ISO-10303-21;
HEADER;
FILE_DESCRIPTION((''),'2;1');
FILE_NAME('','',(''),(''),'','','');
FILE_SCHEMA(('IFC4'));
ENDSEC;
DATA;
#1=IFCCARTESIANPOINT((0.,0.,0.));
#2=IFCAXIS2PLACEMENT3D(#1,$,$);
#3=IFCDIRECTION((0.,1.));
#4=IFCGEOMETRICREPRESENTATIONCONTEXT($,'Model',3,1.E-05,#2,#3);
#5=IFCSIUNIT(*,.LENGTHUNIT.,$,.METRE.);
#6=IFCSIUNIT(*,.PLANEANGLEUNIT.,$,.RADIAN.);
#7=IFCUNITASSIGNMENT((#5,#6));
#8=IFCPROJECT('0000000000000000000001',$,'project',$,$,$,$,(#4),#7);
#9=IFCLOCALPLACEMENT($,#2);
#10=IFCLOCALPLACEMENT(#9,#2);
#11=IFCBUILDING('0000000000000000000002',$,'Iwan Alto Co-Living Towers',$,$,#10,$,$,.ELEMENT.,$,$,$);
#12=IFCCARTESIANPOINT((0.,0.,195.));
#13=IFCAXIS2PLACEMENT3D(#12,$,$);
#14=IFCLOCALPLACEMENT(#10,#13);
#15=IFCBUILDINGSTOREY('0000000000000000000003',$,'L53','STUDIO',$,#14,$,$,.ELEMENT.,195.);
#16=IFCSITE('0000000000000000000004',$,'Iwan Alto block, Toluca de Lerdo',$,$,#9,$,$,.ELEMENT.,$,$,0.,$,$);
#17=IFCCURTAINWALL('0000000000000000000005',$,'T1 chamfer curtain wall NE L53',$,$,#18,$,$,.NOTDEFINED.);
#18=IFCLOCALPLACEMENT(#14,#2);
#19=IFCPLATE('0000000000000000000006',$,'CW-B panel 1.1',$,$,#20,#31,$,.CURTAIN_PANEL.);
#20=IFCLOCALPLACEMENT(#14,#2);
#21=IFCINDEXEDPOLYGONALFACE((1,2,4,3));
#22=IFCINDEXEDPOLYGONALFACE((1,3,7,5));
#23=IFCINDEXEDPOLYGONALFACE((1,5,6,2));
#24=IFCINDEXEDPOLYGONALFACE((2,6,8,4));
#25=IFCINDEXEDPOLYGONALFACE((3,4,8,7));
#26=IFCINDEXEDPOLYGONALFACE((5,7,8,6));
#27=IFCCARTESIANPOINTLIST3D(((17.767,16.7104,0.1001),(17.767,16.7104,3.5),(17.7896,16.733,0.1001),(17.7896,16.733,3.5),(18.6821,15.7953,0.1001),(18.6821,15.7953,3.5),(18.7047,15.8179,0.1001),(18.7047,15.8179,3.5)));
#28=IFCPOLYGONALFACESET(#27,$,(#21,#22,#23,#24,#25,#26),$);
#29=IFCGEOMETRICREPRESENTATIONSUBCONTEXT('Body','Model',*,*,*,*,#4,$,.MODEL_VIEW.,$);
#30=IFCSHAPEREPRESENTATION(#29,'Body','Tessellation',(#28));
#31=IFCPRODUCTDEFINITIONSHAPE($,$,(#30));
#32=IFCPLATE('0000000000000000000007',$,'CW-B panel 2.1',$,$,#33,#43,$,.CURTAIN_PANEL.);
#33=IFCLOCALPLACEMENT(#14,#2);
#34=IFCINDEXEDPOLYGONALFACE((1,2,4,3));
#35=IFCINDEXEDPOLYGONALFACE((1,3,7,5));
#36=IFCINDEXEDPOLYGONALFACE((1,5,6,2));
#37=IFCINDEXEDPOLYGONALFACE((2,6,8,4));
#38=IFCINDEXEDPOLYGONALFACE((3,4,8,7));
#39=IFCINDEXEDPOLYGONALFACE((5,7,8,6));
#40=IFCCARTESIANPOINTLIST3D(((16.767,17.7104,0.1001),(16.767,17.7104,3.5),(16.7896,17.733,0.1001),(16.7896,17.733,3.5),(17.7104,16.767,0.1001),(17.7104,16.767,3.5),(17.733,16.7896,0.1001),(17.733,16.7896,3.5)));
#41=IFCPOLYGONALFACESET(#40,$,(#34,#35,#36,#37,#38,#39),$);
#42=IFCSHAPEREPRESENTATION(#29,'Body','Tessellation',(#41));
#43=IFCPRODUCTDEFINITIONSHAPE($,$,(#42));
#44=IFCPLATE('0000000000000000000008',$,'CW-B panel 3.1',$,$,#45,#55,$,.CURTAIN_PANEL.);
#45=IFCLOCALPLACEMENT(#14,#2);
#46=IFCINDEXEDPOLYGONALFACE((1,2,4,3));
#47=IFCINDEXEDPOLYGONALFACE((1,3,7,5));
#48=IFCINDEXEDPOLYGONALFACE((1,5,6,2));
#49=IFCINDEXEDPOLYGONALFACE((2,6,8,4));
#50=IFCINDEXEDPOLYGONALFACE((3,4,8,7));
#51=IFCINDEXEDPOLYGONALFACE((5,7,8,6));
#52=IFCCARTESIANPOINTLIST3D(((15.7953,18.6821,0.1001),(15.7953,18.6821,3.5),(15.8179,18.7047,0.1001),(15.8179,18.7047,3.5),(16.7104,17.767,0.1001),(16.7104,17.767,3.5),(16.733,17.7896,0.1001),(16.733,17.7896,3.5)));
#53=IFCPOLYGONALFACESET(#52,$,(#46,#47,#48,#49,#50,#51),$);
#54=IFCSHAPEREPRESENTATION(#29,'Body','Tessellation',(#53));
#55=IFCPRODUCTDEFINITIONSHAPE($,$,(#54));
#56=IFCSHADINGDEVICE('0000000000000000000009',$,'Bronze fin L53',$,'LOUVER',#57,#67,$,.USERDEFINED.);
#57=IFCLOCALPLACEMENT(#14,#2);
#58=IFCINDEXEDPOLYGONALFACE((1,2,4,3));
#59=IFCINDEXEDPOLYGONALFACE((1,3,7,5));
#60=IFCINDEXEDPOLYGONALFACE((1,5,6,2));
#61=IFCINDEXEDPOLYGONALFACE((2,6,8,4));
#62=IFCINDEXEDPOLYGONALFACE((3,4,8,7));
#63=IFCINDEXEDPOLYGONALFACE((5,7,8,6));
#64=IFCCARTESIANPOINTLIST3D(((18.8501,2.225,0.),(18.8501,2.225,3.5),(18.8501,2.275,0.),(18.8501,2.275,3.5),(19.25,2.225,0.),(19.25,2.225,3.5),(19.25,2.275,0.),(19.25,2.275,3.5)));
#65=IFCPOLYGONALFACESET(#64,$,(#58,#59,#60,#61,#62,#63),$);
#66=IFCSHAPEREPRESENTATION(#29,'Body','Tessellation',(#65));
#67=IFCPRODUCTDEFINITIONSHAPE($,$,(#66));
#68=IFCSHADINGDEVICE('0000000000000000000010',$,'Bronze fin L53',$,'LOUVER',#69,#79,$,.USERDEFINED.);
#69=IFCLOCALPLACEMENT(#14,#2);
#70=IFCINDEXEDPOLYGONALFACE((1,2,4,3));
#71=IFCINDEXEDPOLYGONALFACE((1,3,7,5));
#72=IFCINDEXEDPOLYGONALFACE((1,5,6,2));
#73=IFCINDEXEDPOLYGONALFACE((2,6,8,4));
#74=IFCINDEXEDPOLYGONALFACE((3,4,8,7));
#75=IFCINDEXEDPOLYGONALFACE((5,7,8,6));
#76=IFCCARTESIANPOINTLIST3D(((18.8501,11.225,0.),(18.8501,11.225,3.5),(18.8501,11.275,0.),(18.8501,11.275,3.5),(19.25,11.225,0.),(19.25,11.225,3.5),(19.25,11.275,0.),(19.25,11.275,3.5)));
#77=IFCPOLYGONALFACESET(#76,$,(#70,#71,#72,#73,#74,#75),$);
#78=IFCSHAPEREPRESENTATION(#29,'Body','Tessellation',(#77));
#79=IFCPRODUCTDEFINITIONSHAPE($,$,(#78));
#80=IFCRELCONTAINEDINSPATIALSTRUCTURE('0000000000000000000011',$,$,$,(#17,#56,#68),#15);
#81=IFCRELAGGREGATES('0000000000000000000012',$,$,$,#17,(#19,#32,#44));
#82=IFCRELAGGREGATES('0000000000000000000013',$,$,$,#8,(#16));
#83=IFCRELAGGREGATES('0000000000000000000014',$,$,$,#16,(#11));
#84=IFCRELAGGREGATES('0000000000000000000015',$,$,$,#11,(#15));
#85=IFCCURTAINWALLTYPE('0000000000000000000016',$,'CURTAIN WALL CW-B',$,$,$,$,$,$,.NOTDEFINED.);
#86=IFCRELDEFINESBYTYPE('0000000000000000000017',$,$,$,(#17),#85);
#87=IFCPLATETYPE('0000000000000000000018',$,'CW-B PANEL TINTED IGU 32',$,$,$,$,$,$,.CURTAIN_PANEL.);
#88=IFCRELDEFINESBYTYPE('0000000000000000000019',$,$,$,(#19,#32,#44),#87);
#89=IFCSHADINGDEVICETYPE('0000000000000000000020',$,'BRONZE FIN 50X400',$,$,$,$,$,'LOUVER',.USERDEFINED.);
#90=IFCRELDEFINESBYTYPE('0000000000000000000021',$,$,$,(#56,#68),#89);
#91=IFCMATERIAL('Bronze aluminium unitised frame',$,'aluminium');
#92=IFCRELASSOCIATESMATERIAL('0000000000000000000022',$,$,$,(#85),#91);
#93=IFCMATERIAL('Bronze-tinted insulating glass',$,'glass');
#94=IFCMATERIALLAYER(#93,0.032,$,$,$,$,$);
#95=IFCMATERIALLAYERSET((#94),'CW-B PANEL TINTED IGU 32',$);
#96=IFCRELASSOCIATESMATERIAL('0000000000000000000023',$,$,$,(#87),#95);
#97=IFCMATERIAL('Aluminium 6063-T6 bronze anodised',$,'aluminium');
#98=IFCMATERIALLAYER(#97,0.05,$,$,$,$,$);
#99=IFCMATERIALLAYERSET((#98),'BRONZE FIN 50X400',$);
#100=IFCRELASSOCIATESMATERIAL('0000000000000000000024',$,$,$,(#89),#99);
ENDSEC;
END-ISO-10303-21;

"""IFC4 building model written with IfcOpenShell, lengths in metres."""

from ifc_helpers import new_model, si_unit, direction, frame, origin, origin_2d, place, context, subcontext, project, spatial, rectangle, extrude, material, layer, layer_set, type_object, element, aggregate, save


model = new_model("IFC4")

# Units and contexts
model_context = context("Model", 3, precision=1e-05, world=origin(), true_north=direction((0.0, 1.0)))
body_context = subcontext(model_context, "Body", "Model", "MODEL_VIEW")
ifc_project = project(units=[si_unit("LENGTHUNIT", "METRE"), si_unit("PLANEANGLEUNIT", "RADIAN")], contexts=[model_context])

# Site, building, storey
site_placement = place(None, origin())
site = spatial("IfcSite", under=ifc_project, at=site_placement, Name="Iwan Alto block, Toluca de Lerdo", CompositionType="ELEMENT", RefElevation=0.0)
building_placement = place(site_placement, origin())
building = spatial("IfcBuilding", under=site, at=building_placement, Name="Iwan Alto Co-Living Towers", CompositionType="ELEMENT")
storey_placement = place(building_placement, frame((0.0, 0.0, 195.0)))
storey = spatial("IfcBuildingStorey", under=building, at=storey_placement, Name="L53", Description="STUDIO", CompositionType="ELEMENT", Elevation=195.0)

# Curtain wall
ifc_material_1 = material(Name="Bronze aluminium unitised frame", Category="aluminium")
curtain_wall_type_1 = type_object("IfcCurtainWallType", Name="CURTAIN WALL CW-B", PredefinedType="NOTDEFINED", material=ifc_material_1)
curtain_wall_1_placement = place(storey_placement, origin())
curtain_wall_1 = element("IfcCurtainWall", 1, at=curtain_wall_1_placement, inside=storey, type_object=curtain_wall_type_1, Name="T1 chamfer curtain wall NE L53", PredefinedType="NOTDEFINED")

# Plates
ifc_material_2 = material(Name="Bronze-tinted insulating glass", Category="glass")
ifc_layer_1 = layer(ifc_material_2, 0.032)
ifc_layer_set_1 = layer_set([ifc_layer_1], Name="CW-B PANEL TINTED IGU 32")
plate_type_1 = type_object("IfcPlateType", Name="CW-B PANEL TINTED IGU 32", PredefinedType="CURTAIN_PANEL", material=ifc_layer_set_1)
plate_1_placement = place(storey_placement, frame((18.2358, 16.2642, 0.1001), z_axis=(0.0, 0.0, 1.0), x_axis=(-0.707107, 0.707107, 0.0)))
plate_1 = element("IfcPlate", 2, at=plate_1_placement, type_object=plate_type_1, Name="CW-B panel 1.1", PredefinedType="CURTAIN_PANEL", context=body_context, shape_type="SweptSolid", body=[
    extrude(rectangle(XDim=1.2942, YDim=0.032, at=origin_2d()), origin(), (0.0, 0.0, 1.0), 3.3999),
])
plate_2_placement = place(storey_placement, frame((17.25, 17.25, 0.1001), z_axis=(0.0, 0.0, 1.0), x_axis=(-0.707107, 0.707107, 0.0)))
plate_2 = element("IfcPlate", 3, at=plate_2_placement, type_object=plate_type_1, Name="CW-B panel 2.1", PredefinedType="CURTAIN_PANEL", context=body_context, shape_type="SweptSolid", body=[
    extrude(rectangle(XDim=1.3342, YDim=0.032, at=origin_2d()), origin(), (0.0, 0.0, 1.0), 3.3999),
])
plate_3_placement = place(storey_placement, frame((16.2642, 18.2358, 0.1001), z_axis=(0.0, 0.0, 1.0), x_axis=(-0.707107, 0.707107, 0.0)))
plate_3 = element("IfcPlate", 4, at=plate_3_placement, type_object=plate_type_1, Name="CW-B panel 3.1", PredefinedType="CURTAIN_PANEL", context=body_context, shape_type="SweptSolid", body=[
    extrude(rectangle(XDim=1.2942, YDim=0.032, at=origin_2d()), origin(), (0.0, 0.0, 1.0), 3.3999),
])
aggregate(curtain_wall_1, [plate_1, plate_2, plate_3])

# Shading devices
ifc_material_3 = material(Name="Aluminium 6063-T6 bronze anodised", Category="aluminium")
ifc_layer_2 = layer(ifc_material_3, 0.05)
ifc_layer_set_2 = layer_set([ifc_layer_2], Name="BRONZE FIN 50X400")
shading_device_type = type_object("IfcShadingDeviceType", Name="BRONZE FIN 50X400", ElementType="LOUVER", PredefinedType="USERDEFINED", material=ifc_layer_set_2)
for number, where, z_axis, x_axis, name in (
    (5, (19.05, 2.25, 0.0), (0.0, 0.0, 1.0), (0.0, 1.0, 0.0), "Bronze fin L53"),
    (6, (19.05, 11.25, 0.0), (0.0, 0.0, 1.0), (0.0, 1.0, 0.0), "Bronze fin L53"),
):
    element("IfcShadingDevice", number, at=place(storey_placement, frame(where, z_axis=z_axis, x_axis=x_axis)), inside=storey, type_object=shading_device_type, Name=name, ObjectType="LOUVER", PredefinedType="USERDEFINED", context=body_context, shape_type="SweptSolid", body=[
        extrude(rectangle(XDim=0.05, YDim=0.3999, at=origin_2d()), origin(), (0.0, 0.0, 1.0), 3.5),
    ])

save(model, "model.ifc")
